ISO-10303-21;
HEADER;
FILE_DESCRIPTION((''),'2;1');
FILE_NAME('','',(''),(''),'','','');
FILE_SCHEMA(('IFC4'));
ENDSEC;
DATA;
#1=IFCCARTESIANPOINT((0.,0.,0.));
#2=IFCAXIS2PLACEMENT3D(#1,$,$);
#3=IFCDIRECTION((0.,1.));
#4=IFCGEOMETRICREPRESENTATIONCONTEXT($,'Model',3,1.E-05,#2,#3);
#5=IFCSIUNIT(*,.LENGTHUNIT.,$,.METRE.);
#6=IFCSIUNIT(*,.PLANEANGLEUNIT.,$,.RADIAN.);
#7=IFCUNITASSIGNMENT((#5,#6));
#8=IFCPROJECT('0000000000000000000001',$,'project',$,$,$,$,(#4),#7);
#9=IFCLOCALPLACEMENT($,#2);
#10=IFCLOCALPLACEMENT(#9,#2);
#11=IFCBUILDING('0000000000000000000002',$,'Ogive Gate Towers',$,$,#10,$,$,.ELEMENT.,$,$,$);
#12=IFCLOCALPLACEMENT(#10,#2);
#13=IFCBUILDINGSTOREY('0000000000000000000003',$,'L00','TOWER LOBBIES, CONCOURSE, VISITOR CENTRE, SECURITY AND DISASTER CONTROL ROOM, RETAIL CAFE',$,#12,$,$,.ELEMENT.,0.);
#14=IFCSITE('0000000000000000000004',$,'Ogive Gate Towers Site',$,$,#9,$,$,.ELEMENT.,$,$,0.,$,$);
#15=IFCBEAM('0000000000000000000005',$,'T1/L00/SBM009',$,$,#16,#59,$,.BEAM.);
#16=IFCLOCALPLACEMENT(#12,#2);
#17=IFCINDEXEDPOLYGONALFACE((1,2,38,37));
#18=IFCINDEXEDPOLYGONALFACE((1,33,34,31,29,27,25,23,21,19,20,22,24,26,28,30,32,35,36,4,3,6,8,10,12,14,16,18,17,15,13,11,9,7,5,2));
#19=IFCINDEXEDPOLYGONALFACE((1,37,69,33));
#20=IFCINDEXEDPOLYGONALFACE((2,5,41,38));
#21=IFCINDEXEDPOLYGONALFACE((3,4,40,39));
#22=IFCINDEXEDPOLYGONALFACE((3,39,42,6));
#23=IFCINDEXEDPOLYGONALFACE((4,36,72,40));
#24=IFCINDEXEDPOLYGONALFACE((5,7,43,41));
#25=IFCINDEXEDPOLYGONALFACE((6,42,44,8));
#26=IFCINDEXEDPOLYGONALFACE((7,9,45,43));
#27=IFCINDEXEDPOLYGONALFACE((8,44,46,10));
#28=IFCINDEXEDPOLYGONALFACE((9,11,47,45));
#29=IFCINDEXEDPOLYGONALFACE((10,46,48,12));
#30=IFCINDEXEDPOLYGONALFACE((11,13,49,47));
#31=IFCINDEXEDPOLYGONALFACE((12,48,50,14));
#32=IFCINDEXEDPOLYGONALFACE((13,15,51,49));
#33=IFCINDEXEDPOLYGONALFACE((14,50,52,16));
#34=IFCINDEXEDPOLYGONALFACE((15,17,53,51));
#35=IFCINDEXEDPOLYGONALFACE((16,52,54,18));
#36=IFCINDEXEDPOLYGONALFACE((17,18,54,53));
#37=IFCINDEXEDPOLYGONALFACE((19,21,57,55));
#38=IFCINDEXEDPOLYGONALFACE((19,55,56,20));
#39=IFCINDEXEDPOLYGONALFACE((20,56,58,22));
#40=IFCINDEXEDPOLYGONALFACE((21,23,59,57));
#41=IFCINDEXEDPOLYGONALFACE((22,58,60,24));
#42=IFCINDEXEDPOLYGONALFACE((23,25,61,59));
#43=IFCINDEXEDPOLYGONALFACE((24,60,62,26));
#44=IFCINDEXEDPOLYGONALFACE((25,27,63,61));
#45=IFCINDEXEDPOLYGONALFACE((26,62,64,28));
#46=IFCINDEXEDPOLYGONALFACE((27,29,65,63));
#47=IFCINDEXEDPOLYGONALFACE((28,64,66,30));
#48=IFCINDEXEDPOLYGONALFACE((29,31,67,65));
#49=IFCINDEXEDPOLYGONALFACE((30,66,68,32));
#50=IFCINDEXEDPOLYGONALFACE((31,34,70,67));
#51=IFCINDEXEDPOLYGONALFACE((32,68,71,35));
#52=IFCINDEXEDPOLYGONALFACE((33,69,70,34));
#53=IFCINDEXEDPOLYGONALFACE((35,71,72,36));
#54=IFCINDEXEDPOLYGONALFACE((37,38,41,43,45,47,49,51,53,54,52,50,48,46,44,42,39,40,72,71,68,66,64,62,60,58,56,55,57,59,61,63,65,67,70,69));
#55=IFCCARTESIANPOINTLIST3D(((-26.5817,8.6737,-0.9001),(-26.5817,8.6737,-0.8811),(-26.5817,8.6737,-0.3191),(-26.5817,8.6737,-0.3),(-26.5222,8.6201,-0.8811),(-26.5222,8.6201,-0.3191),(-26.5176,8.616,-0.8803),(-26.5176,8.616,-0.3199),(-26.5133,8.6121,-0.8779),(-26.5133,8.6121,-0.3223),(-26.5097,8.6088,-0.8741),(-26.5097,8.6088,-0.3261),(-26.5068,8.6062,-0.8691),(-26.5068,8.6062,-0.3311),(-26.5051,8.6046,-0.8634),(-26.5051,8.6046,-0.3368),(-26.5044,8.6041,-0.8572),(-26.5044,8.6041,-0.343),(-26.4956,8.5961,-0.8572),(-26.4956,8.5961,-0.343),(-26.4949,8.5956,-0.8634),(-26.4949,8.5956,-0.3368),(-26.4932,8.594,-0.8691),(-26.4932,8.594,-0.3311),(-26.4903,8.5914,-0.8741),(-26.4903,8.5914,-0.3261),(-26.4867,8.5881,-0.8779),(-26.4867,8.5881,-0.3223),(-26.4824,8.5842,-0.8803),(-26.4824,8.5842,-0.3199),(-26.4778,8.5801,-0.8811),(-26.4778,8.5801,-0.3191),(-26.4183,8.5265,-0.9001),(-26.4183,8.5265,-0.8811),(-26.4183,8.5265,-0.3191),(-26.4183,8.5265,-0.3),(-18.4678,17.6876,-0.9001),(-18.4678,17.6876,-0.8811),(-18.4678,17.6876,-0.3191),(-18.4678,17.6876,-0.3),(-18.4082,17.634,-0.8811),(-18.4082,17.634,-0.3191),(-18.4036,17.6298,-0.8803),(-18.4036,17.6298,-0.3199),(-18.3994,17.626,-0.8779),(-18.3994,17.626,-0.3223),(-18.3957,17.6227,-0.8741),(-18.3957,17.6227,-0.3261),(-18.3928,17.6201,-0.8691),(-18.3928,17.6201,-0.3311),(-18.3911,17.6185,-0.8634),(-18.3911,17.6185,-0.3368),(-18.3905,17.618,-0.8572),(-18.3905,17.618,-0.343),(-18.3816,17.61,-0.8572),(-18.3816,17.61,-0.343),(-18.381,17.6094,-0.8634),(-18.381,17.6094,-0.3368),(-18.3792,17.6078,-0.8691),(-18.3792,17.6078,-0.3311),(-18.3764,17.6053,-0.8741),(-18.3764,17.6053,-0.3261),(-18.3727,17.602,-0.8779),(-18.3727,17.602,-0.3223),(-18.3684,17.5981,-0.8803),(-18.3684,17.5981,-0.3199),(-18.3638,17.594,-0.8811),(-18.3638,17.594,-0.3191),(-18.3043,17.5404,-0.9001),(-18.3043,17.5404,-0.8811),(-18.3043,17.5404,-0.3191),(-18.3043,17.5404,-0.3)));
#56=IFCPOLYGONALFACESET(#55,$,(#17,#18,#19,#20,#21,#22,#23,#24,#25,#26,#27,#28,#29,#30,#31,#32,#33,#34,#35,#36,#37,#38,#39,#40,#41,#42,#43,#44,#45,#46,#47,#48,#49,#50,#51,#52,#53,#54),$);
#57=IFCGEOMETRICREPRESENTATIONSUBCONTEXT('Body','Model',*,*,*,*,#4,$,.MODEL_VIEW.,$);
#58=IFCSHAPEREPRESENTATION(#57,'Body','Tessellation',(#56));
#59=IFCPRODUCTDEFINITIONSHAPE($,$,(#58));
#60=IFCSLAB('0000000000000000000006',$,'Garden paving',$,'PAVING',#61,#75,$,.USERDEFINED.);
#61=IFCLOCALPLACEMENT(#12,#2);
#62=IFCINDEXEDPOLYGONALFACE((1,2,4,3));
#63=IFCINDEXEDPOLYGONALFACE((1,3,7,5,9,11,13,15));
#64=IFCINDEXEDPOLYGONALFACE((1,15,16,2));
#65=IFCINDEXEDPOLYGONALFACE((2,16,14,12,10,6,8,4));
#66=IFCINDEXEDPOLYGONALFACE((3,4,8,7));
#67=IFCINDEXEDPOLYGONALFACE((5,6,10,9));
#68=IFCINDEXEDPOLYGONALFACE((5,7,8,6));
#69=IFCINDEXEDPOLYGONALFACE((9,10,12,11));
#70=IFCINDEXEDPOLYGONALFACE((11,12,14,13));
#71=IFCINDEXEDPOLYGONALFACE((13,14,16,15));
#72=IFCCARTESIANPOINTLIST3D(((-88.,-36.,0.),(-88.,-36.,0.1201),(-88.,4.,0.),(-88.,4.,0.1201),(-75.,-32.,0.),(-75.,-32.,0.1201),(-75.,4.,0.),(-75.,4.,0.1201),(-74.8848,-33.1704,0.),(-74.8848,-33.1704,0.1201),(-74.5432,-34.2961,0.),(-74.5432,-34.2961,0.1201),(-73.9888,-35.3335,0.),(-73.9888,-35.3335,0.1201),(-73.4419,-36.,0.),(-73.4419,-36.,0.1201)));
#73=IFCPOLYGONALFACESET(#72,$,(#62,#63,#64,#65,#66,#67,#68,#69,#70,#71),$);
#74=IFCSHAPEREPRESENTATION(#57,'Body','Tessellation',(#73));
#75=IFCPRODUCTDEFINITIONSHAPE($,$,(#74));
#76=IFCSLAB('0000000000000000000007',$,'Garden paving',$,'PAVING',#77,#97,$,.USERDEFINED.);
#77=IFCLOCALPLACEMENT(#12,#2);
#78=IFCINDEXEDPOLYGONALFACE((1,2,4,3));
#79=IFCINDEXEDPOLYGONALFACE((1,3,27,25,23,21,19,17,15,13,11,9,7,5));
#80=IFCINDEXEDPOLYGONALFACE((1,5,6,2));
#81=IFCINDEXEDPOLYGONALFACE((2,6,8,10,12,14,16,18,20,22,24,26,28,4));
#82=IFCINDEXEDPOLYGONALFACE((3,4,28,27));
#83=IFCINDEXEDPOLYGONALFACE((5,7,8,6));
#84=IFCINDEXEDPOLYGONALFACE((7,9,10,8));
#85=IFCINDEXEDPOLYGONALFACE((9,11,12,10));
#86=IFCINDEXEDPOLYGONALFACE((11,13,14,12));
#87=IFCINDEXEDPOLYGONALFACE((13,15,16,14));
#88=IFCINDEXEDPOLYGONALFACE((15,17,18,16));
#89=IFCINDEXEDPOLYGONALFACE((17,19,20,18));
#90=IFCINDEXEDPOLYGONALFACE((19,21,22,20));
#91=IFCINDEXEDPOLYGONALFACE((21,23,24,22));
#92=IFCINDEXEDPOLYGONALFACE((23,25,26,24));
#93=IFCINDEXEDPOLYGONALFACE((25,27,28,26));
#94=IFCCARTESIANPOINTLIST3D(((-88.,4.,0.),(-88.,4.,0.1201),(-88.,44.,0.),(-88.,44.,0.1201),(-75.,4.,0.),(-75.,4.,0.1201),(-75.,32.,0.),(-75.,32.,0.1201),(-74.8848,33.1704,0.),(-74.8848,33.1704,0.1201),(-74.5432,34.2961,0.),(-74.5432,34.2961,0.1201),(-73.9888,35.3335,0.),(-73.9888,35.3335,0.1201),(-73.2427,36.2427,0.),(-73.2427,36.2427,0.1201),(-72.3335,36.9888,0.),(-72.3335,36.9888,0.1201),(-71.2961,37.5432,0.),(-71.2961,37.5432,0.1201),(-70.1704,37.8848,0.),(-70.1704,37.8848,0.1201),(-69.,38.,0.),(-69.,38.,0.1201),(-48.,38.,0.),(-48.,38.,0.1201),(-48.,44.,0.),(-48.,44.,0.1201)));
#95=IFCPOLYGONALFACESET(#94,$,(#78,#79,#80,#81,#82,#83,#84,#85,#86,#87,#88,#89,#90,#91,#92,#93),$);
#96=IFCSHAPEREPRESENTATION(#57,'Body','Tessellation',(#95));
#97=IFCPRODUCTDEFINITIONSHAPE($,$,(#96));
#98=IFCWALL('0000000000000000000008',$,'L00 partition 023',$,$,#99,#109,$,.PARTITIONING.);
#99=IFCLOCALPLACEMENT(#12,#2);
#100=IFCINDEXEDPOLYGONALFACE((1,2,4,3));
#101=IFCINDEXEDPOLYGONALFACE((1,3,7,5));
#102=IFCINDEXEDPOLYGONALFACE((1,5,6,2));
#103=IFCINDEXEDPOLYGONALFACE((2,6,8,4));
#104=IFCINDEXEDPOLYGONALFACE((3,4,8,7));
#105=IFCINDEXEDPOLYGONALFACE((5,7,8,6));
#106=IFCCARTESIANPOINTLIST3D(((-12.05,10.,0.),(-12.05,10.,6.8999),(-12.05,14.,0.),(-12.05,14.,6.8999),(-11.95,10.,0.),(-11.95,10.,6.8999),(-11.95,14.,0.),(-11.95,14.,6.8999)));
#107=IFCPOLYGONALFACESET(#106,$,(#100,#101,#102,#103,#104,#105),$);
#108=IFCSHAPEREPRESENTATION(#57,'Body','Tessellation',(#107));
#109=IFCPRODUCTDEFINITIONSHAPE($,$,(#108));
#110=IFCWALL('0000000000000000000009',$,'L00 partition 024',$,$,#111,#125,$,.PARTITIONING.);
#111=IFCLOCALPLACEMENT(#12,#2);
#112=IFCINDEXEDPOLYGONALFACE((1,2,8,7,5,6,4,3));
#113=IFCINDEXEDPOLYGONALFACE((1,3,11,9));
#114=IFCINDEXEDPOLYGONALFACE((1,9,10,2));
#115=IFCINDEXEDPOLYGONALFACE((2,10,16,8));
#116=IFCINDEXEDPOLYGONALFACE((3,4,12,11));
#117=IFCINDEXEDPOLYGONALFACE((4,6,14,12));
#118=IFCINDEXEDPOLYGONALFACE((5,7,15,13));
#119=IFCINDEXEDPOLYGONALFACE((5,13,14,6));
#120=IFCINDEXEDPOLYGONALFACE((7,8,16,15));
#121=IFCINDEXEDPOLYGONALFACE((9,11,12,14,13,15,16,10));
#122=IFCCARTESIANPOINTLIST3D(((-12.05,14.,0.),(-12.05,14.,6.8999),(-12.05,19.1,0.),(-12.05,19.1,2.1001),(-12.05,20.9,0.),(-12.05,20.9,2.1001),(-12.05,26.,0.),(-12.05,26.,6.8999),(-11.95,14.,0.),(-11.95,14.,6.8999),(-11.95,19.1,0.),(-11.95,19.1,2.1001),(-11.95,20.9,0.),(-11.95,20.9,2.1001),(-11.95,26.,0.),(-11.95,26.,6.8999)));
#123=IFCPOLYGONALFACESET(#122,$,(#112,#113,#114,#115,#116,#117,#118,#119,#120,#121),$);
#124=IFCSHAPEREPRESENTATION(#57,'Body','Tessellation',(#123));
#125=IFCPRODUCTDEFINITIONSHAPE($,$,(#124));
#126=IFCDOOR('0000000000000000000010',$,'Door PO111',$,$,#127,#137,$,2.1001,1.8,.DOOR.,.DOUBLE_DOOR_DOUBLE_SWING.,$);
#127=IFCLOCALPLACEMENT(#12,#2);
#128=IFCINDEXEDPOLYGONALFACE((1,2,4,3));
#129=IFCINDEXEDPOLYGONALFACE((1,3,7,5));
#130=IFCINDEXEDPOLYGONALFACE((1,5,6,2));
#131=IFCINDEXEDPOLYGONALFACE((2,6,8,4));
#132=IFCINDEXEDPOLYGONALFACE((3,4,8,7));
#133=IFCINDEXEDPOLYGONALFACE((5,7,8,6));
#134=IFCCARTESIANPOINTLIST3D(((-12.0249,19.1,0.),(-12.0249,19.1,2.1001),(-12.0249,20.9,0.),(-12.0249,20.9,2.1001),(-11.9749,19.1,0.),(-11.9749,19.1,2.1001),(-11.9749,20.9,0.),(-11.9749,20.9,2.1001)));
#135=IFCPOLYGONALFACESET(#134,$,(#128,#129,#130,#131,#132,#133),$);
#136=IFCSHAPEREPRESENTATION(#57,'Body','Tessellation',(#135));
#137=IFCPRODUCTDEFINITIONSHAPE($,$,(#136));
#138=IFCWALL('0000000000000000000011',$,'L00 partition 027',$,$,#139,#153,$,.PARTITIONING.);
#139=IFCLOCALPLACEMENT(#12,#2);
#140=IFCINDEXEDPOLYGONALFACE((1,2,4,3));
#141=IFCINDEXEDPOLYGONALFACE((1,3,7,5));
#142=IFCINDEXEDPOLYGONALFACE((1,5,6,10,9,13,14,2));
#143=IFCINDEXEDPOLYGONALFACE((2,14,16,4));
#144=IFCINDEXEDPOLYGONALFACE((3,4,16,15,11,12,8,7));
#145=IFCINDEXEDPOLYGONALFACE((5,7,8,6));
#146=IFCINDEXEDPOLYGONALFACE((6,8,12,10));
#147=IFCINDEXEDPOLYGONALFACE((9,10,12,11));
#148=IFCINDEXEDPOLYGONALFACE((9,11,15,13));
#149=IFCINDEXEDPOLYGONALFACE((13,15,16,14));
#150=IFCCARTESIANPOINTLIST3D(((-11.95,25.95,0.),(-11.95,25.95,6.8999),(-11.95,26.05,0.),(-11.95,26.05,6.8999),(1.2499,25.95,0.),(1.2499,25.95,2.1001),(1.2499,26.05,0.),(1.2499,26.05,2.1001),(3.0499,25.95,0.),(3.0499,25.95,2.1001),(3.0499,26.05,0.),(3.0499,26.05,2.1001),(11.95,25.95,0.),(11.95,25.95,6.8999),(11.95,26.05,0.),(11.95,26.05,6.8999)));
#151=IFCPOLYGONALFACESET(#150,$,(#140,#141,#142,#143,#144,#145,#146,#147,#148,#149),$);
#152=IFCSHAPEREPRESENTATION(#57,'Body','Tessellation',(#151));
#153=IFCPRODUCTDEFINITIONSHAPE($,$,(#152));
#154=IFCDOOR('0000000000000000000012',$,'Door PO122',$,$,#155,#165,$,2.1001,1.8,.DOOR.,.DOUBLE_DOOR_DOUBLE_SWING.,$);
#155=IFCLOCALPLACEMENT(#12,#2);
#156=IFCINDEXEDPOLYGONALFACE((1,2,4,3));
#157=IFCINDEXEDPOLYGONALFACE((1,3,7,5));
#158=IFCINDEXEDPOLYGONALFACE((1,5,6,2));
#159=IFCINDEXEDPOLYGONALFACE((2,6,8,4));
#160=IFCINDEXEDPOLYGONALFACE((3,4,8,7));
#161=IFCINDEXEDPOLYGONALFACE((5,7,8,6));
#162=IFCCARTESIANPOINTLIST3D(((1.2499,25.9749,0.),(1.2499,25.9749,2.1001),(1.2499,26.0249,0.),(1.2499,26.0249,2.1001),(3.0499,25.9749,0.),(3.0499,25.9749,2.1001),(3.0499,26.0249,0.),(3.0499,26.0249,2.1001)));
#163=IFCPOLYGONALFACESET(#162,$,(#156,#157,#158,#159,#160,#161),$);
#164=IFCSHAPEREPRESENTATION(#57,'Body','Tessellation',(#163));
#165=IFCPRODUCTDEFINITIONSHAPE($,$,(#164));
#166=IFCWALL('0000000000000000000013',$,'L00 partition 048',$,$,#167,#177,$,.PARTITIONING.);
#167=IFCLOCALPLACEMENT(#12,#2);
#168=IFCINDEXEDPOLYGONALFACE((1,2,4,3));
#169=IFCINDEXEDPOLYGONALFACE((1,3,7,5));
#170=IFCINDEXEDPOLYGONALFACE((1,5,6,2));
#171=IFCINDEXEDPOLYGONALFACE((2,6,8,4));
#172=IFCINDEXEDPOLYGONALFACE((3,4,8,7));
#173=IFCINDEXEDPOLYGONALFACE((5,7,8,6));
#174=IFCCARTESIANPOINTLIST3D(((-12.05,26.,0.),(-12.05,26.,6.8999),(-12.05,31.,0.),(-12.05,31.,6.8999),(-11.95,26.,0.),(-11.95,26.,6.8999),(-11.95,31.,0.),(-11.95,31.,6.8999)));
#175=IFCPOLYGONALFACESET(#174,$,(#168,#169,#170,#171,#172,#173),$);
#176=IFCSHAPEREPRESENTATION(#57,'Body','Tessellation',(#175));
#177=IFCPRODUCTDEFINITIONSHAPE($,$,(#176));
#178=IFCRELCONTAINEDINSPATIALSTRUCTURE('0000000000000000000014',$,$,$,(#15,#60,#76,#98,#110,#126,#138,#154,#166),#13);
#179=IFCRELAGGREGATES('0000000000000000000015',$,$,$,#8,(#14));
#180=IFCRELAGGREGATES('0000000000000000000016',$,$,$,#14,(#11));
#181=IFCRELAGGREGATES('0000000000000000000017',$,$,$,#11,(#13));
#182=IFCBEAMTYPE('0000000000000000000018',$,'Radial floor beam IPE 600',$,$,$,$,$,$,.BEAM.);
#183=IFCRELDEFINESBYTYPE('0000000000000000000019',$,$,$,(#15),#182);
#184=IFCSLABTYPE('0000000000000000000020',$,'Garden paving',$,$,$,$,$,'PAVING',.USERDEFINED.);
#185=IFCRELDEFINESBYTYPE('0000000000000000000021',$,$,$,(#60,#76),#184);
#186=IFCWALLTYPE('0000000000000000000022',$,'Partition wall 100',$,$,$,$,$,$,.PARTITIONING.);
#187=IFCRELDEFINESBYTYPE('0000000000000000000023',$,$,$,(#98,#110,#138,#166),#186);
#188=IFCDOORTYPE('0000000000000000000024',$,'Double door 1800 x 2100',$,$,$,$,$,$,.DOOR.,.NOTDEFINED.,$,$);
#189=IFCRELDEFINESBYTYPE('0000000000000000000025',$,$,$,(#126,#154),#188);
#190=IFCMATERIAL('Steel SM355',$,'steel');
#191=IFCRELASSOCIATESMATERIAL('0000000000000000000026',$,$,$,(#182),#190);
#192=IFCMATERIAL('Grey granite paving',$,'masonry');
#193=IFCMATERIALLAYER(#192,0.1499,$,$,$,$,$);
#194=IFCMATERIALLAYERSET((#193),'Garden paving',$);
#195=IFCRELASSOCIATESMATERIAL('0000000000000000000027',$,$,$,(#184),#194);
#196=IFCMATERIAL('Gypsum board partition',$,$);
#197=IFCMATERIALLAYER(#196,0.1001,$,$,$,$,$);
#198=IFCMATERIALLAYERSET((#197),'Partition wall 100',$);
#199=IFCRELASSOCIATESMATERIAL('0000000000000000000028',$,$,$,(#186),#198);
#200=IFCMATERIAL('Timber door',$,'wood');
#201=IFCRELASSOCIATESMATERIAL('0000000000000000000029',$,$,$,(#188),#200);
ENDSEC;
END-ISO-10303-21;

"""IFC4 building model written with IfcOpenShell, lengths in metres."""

from ifc_helpers import new_model, si_unit, direction, frame, frame_2d, origin, origin_2d, place, context, subcontext, project, spatial, polyline, rectangle, i_section, outline, extrude, material, layer, layer_set, material_profile, profile_set, type_object, element, fill, save


model = new_model("IFC4")

# Units and contexts
model_context = context("Model", 3, precision=1e-05, world=origin(), true_north=direction((0.0, 1.0)))
body_context = subcontext(model_context, "Body", "Model", "MODEL_VIEW")
ifc_project = project(units=[si_unit("LENGTHUNIT", "METRE"), si_unit("PLANEANGLEUNIT", "RADIAN")], contexts=[model_context])

# Site, building, storey
site_placement = place(None, origin())
site = spatial("IfcSite", under=ifc_project, at=site_placement, Name="Ogive Gate Towers Site", CompositionType="ELEMENT", RefElevation=0.0)
building_placement = place(site_placement, origin())
building = spatial("IfcBuilding", under=site, at=building_placement, Name="Ogive Gate Towers", CompositionType="ELEMENT")
storey_placement = place(building_placement, origin())
storey = spatial("IfcBuildingStorey", under=building, at=storey_placement, Name="L00", Description="TOWER LOBBIES, CONCOURSE, VISITOR CENTRE, SECURITY AND DISASTER CONTROL ROOM, RETAIL CAFE", CompositionType="ELEMENT", Elevation=0.0)

# Beam
ifc_material_1 = material(Name="Steel SM355", Category="steel")
ifc_material_profile_1 = material_profile(ifc_material_1, i_section(OverallWidth=0.22, OverallDepth=0.6001, WebThickness=0.012, FlangeThickness=0.019, FilletRadius=0.0239, at=origin_2d()), Name="IPE 600")
ifc_profile_set_1 = profile_set([ifc_material_profile_1], Name="Steel SM355")
beam_type_1 = type_object("IfcBeamType", Name="Radial floor beam IPE 600", PredefinedType="BEAM", material=ifc_profile_set_1)
beam_1_placement = place(storey_placement, frame((-26.5, 8.6001, -0.6001), z_axis=(0.669033, 0.743233, 0.0), x_axis=(-0.743233, 0.669033, 0.0)))
element("IfcBeam", 1, at=beam_1_placement, inside=storey, type_object=beam_type_1, Name="T1/L00/SBM009", PredefinedType="BEAM", context=body_context, shape_type="SweptSolid", body=[
    extrude(i_section(OverallWidth=0.22, OverallDepth=0.6001, WebThickness=0.012, FlangeThickness=0.019, FilletRadius=0.0239, at=origin_2d()), origin(), (0.0, 0.0, 1.0), 12.1279),
])

# Slabs
ifc_material_2 = material(Name="Grey granite paving", Category="masonry")
ifc_layer_1 = layer(ifc_material_2, 0.1499)
ifc_layer_set_1 = layer_set([ifc_layer_1], Name="Garden paving")
slab_type = type_object("IfcSlabType", Name="Garden paving", ElementType="PAVING", PredefinedType="USERDEFINED", material=ifc_layer_set_1)
slab_1_placement = place(storey_placement, origin())
element("IfcSlab", 2, at=slab_1_placement, inside=storey, type_object=slab_type, Name="Garden paving", ObjectType="PAVING", PredefinedType="USERDEFINED", context=body_context, shape_type="SweptSolid", body=[
    extrude(outline(polyline([(-75.0, -32.0), (-74.8848, -33.1704), (-74.5432, -34.2961), (-73.9888, -35.3335), (-73.4419, -36.0), (-88.0, -36.0), (-88.0, 4.0), (-75.0, 4.0), (-75.0, -32.0)])), origin(), (0.0, 0.0, 1.0), 0.1201),
])
slab_2_placement = place(storey_placement, origin())
element("IfcSlab", 3, at=slab_2_placement, inside=storey, type_object=slab_type, Name="Garden paving", ObjectType="PAVING", PredefinedType="USERDEFINED", context=body_context, shape_type="SweptSolid", body=[
    extrude(outline(polyline([(-69.0, 38.0), (-70.1704, 37.8848), (-71.2961, 37.5432), (-72.3335, 36.9888), (-73.2427, 36.2427), (-73.9888, 35.3335), (-74.5432, 34.2961), (-74.8848, 33.1704), (-75.0, 32.0), (-75.0, 4.0), (-88.0, 4.0), (-88.0, 44.0), (-48.0, 44.0), (-48.0, 38.0), (-69.0, 38.0)])), origin(), (0.0, 0.0, 1.0), 0.1201),
])

# Wall
ifc_material_3 = material(Name="Gypsum board partition")
ifc_layer_2 = layer(ifc_material_3, 0.1001)
ifc_layer_set_2 = layer_set([ifc_layer_2], Name="Partition wall 100")
wall_type = type_object("IfcWallType", Name="Partition wall 100", PredefinedType="PARTITIONING", material=ifc_layer_set_2)
wall_1_placement = place(storey_placement, frame((-12.0, 10.0, 0.0), z_axis=(0.0, 0.0, 1.0), x_axis=(0.0, 1.0, 0.0)))
element("IfcWall", 4, at=wall_1_placement, inside=storey, type_object=wall_type, Name="L00 partition 023", PredefinedType="PARTITIONING", context=body_context, shape_type="SweptSolid", body=[
    extrude(rectangle(XDim=4.0, YDim=0.1001, at=frame_2d((2.0, 0.0))), origin(), (0.0, 0.0, 1.0), 6.8999),
])

# Walls, openings, doors
wall_2_placement = place(storey_placement, frame((-12.0, 14.0, 0.0), z_axis=(0.0, 0.0, 1.0), x_axis=(0.0, 1.0, 0.0)))
wall_2 = element("IfcWall", 5, at=wall_2_placement, inside=storey, type_object=wall_type, Name="L00 partition 024", PredefinedType="PARTITIONING", context=body_context, shape_type="SweptSolid", body=[
    extrude(rectangle(XDim=12.0, YDim=0.1001, at=frame_2d((6.0, 0.0))), origin(), (0.0, 0.0, 1.0), 6.8999),
])
opening_1_placement = place(wall_2_placement, frame((5.1001, 0.0, 0.0)))
opening_1 = element("IfcOpeningElement", 6, at=opening_1_placement, cuts=wall_2, PredefinedType="OPENING", context=body_context, shape_type="SweptSolid", body=[
    extrude(rectangle(XDim=1.8, YDim=2.1001, at=frame_2d((0.8999, 1.05))), frame((0.0, 0.0601, 0.0), z_axis=(0.0, -1.0, 0.0), x_axis=(1.0, 0.0, 0.0)), (0.0, 0.0, 1.0), 0.1201),
])
ifc_material_4 = material(Name="Timber door", Category="wood")
door_type = type_object("IfcDoorType", Name="Double door 1800 x 2100", OperationType="NOTDEFINED", PredefinedType="DOOR", material=ifc_material_4)
door_1_placement = place(opening_1_placement, origin())
door_1 = element("IfcDoor", 7, at=door_1_placement, inside=storey, type_object=door_type, Name="Door PO111", OperationType="DOUBLE_DOOR_DOUBLE_SWING", OverallHeight=2.1001, OverallWidth=1.8, PredefinedType="DOOR", context=body_context, shape_type="SweptSolid", body=[
    extrude(rectangle(XDim=1.8, YDim=2.1001, at=frame_2d((0.8999, 1.05))), frame((0.0, 0.0249, 0.0), z_axis=(0.0, -1.0, 0.0), x_axis=(1.0, 0.0, 0.0)), (0.0, 0.0, 1.0), 0.05),
])
fill(opening_1, door_1)
wall_3_placement = place(storey_placement, frame((-11.95, 26.0, 0.0), z_axis=(0.0, 0.0, 1.0), x_axis=(1.0, 0.0, 0.0)))
wall_3 = element("IfcWall", 8, at=wall_3_placement, inside=storey, type_object=wall_type, Name="L00 partition 027", PredefinedType="PARTITIONING", context=body_context, shape_type="SweptSolid", body=[
    extrude(rectangle(XDim=23.8999, YDim=0.1001, at=frame_2d((11.95, 0.0))), origin(), (0.0, 0.0, 1.0), 6.8999),
])
opening_2_placement = place(wall_3_placement, frame((13.2, 0.0, 0.0)))
opening_2 = element("IfcOpeningElement", 9, at=opening_2_placement, cuts=wall_3, PredefinedType="OPENING", context=body_context, shape_type="SweptSolid", body=[
    extrude(rectangle(XDim=1.8, YDim=2.1001, at=frame_2d((0.8999, 1.05))), frame((0.0, 0.0601, 0.0), z_axis=(0.0, -1.0, 0.0), x_axis=(1.0, 0.0, 0.0)), (0.0, 0.0, 1.0), 0.1201),
])
door_2_placement = place(opening_2_placement, origin())
door_2 = element("IfcDoor", 10, at=door_2_placement, inside=storey, type_object=door_type, Name="Door PO122", OperationType="DOUBLE_DOOR_DOUBLE_SWING", OverallHeight=2.1001, OverallWidth=1.8, PredefinedType="DOOR", context=body_context, shape_type="SweptSolid", body=[
    extrude(rectangle(XDim=1.8, YDim=2.1001, at=frame_2d((0.8999, 1.05))), frame((0.0, 0.0249, 0.0), z_axis=(0.0, -1.0, 0.0), x_axis=(1.0, 0.0, 0.0)), (0.0, 0.0, 1.0), 0.05),
])
fill(opening_2, door_2)

# Wall
wall_4_placement = place(storey_placement, frame((-12.0, 26.0, 0.0), z_axis=(0.0, 0.0, 1.0), x_axis=(0.0, 1.0, 0.0)))
element("IfcWall", 11, at=wall_4_placement, inside=storey, type_object=wall_type, Name="L00 partition 048", PredefinedType="PARTITIONING", context=body_context, shape_type="SweptSolid", body=[
    extrude(rectangle(XDim=5.0, YDim=0.1001, at=frame_2d((2.5, 0.0))), origin(), (0.0, 0.0, 1.0), 6.8999),
])

save(model, "model.ifc")
